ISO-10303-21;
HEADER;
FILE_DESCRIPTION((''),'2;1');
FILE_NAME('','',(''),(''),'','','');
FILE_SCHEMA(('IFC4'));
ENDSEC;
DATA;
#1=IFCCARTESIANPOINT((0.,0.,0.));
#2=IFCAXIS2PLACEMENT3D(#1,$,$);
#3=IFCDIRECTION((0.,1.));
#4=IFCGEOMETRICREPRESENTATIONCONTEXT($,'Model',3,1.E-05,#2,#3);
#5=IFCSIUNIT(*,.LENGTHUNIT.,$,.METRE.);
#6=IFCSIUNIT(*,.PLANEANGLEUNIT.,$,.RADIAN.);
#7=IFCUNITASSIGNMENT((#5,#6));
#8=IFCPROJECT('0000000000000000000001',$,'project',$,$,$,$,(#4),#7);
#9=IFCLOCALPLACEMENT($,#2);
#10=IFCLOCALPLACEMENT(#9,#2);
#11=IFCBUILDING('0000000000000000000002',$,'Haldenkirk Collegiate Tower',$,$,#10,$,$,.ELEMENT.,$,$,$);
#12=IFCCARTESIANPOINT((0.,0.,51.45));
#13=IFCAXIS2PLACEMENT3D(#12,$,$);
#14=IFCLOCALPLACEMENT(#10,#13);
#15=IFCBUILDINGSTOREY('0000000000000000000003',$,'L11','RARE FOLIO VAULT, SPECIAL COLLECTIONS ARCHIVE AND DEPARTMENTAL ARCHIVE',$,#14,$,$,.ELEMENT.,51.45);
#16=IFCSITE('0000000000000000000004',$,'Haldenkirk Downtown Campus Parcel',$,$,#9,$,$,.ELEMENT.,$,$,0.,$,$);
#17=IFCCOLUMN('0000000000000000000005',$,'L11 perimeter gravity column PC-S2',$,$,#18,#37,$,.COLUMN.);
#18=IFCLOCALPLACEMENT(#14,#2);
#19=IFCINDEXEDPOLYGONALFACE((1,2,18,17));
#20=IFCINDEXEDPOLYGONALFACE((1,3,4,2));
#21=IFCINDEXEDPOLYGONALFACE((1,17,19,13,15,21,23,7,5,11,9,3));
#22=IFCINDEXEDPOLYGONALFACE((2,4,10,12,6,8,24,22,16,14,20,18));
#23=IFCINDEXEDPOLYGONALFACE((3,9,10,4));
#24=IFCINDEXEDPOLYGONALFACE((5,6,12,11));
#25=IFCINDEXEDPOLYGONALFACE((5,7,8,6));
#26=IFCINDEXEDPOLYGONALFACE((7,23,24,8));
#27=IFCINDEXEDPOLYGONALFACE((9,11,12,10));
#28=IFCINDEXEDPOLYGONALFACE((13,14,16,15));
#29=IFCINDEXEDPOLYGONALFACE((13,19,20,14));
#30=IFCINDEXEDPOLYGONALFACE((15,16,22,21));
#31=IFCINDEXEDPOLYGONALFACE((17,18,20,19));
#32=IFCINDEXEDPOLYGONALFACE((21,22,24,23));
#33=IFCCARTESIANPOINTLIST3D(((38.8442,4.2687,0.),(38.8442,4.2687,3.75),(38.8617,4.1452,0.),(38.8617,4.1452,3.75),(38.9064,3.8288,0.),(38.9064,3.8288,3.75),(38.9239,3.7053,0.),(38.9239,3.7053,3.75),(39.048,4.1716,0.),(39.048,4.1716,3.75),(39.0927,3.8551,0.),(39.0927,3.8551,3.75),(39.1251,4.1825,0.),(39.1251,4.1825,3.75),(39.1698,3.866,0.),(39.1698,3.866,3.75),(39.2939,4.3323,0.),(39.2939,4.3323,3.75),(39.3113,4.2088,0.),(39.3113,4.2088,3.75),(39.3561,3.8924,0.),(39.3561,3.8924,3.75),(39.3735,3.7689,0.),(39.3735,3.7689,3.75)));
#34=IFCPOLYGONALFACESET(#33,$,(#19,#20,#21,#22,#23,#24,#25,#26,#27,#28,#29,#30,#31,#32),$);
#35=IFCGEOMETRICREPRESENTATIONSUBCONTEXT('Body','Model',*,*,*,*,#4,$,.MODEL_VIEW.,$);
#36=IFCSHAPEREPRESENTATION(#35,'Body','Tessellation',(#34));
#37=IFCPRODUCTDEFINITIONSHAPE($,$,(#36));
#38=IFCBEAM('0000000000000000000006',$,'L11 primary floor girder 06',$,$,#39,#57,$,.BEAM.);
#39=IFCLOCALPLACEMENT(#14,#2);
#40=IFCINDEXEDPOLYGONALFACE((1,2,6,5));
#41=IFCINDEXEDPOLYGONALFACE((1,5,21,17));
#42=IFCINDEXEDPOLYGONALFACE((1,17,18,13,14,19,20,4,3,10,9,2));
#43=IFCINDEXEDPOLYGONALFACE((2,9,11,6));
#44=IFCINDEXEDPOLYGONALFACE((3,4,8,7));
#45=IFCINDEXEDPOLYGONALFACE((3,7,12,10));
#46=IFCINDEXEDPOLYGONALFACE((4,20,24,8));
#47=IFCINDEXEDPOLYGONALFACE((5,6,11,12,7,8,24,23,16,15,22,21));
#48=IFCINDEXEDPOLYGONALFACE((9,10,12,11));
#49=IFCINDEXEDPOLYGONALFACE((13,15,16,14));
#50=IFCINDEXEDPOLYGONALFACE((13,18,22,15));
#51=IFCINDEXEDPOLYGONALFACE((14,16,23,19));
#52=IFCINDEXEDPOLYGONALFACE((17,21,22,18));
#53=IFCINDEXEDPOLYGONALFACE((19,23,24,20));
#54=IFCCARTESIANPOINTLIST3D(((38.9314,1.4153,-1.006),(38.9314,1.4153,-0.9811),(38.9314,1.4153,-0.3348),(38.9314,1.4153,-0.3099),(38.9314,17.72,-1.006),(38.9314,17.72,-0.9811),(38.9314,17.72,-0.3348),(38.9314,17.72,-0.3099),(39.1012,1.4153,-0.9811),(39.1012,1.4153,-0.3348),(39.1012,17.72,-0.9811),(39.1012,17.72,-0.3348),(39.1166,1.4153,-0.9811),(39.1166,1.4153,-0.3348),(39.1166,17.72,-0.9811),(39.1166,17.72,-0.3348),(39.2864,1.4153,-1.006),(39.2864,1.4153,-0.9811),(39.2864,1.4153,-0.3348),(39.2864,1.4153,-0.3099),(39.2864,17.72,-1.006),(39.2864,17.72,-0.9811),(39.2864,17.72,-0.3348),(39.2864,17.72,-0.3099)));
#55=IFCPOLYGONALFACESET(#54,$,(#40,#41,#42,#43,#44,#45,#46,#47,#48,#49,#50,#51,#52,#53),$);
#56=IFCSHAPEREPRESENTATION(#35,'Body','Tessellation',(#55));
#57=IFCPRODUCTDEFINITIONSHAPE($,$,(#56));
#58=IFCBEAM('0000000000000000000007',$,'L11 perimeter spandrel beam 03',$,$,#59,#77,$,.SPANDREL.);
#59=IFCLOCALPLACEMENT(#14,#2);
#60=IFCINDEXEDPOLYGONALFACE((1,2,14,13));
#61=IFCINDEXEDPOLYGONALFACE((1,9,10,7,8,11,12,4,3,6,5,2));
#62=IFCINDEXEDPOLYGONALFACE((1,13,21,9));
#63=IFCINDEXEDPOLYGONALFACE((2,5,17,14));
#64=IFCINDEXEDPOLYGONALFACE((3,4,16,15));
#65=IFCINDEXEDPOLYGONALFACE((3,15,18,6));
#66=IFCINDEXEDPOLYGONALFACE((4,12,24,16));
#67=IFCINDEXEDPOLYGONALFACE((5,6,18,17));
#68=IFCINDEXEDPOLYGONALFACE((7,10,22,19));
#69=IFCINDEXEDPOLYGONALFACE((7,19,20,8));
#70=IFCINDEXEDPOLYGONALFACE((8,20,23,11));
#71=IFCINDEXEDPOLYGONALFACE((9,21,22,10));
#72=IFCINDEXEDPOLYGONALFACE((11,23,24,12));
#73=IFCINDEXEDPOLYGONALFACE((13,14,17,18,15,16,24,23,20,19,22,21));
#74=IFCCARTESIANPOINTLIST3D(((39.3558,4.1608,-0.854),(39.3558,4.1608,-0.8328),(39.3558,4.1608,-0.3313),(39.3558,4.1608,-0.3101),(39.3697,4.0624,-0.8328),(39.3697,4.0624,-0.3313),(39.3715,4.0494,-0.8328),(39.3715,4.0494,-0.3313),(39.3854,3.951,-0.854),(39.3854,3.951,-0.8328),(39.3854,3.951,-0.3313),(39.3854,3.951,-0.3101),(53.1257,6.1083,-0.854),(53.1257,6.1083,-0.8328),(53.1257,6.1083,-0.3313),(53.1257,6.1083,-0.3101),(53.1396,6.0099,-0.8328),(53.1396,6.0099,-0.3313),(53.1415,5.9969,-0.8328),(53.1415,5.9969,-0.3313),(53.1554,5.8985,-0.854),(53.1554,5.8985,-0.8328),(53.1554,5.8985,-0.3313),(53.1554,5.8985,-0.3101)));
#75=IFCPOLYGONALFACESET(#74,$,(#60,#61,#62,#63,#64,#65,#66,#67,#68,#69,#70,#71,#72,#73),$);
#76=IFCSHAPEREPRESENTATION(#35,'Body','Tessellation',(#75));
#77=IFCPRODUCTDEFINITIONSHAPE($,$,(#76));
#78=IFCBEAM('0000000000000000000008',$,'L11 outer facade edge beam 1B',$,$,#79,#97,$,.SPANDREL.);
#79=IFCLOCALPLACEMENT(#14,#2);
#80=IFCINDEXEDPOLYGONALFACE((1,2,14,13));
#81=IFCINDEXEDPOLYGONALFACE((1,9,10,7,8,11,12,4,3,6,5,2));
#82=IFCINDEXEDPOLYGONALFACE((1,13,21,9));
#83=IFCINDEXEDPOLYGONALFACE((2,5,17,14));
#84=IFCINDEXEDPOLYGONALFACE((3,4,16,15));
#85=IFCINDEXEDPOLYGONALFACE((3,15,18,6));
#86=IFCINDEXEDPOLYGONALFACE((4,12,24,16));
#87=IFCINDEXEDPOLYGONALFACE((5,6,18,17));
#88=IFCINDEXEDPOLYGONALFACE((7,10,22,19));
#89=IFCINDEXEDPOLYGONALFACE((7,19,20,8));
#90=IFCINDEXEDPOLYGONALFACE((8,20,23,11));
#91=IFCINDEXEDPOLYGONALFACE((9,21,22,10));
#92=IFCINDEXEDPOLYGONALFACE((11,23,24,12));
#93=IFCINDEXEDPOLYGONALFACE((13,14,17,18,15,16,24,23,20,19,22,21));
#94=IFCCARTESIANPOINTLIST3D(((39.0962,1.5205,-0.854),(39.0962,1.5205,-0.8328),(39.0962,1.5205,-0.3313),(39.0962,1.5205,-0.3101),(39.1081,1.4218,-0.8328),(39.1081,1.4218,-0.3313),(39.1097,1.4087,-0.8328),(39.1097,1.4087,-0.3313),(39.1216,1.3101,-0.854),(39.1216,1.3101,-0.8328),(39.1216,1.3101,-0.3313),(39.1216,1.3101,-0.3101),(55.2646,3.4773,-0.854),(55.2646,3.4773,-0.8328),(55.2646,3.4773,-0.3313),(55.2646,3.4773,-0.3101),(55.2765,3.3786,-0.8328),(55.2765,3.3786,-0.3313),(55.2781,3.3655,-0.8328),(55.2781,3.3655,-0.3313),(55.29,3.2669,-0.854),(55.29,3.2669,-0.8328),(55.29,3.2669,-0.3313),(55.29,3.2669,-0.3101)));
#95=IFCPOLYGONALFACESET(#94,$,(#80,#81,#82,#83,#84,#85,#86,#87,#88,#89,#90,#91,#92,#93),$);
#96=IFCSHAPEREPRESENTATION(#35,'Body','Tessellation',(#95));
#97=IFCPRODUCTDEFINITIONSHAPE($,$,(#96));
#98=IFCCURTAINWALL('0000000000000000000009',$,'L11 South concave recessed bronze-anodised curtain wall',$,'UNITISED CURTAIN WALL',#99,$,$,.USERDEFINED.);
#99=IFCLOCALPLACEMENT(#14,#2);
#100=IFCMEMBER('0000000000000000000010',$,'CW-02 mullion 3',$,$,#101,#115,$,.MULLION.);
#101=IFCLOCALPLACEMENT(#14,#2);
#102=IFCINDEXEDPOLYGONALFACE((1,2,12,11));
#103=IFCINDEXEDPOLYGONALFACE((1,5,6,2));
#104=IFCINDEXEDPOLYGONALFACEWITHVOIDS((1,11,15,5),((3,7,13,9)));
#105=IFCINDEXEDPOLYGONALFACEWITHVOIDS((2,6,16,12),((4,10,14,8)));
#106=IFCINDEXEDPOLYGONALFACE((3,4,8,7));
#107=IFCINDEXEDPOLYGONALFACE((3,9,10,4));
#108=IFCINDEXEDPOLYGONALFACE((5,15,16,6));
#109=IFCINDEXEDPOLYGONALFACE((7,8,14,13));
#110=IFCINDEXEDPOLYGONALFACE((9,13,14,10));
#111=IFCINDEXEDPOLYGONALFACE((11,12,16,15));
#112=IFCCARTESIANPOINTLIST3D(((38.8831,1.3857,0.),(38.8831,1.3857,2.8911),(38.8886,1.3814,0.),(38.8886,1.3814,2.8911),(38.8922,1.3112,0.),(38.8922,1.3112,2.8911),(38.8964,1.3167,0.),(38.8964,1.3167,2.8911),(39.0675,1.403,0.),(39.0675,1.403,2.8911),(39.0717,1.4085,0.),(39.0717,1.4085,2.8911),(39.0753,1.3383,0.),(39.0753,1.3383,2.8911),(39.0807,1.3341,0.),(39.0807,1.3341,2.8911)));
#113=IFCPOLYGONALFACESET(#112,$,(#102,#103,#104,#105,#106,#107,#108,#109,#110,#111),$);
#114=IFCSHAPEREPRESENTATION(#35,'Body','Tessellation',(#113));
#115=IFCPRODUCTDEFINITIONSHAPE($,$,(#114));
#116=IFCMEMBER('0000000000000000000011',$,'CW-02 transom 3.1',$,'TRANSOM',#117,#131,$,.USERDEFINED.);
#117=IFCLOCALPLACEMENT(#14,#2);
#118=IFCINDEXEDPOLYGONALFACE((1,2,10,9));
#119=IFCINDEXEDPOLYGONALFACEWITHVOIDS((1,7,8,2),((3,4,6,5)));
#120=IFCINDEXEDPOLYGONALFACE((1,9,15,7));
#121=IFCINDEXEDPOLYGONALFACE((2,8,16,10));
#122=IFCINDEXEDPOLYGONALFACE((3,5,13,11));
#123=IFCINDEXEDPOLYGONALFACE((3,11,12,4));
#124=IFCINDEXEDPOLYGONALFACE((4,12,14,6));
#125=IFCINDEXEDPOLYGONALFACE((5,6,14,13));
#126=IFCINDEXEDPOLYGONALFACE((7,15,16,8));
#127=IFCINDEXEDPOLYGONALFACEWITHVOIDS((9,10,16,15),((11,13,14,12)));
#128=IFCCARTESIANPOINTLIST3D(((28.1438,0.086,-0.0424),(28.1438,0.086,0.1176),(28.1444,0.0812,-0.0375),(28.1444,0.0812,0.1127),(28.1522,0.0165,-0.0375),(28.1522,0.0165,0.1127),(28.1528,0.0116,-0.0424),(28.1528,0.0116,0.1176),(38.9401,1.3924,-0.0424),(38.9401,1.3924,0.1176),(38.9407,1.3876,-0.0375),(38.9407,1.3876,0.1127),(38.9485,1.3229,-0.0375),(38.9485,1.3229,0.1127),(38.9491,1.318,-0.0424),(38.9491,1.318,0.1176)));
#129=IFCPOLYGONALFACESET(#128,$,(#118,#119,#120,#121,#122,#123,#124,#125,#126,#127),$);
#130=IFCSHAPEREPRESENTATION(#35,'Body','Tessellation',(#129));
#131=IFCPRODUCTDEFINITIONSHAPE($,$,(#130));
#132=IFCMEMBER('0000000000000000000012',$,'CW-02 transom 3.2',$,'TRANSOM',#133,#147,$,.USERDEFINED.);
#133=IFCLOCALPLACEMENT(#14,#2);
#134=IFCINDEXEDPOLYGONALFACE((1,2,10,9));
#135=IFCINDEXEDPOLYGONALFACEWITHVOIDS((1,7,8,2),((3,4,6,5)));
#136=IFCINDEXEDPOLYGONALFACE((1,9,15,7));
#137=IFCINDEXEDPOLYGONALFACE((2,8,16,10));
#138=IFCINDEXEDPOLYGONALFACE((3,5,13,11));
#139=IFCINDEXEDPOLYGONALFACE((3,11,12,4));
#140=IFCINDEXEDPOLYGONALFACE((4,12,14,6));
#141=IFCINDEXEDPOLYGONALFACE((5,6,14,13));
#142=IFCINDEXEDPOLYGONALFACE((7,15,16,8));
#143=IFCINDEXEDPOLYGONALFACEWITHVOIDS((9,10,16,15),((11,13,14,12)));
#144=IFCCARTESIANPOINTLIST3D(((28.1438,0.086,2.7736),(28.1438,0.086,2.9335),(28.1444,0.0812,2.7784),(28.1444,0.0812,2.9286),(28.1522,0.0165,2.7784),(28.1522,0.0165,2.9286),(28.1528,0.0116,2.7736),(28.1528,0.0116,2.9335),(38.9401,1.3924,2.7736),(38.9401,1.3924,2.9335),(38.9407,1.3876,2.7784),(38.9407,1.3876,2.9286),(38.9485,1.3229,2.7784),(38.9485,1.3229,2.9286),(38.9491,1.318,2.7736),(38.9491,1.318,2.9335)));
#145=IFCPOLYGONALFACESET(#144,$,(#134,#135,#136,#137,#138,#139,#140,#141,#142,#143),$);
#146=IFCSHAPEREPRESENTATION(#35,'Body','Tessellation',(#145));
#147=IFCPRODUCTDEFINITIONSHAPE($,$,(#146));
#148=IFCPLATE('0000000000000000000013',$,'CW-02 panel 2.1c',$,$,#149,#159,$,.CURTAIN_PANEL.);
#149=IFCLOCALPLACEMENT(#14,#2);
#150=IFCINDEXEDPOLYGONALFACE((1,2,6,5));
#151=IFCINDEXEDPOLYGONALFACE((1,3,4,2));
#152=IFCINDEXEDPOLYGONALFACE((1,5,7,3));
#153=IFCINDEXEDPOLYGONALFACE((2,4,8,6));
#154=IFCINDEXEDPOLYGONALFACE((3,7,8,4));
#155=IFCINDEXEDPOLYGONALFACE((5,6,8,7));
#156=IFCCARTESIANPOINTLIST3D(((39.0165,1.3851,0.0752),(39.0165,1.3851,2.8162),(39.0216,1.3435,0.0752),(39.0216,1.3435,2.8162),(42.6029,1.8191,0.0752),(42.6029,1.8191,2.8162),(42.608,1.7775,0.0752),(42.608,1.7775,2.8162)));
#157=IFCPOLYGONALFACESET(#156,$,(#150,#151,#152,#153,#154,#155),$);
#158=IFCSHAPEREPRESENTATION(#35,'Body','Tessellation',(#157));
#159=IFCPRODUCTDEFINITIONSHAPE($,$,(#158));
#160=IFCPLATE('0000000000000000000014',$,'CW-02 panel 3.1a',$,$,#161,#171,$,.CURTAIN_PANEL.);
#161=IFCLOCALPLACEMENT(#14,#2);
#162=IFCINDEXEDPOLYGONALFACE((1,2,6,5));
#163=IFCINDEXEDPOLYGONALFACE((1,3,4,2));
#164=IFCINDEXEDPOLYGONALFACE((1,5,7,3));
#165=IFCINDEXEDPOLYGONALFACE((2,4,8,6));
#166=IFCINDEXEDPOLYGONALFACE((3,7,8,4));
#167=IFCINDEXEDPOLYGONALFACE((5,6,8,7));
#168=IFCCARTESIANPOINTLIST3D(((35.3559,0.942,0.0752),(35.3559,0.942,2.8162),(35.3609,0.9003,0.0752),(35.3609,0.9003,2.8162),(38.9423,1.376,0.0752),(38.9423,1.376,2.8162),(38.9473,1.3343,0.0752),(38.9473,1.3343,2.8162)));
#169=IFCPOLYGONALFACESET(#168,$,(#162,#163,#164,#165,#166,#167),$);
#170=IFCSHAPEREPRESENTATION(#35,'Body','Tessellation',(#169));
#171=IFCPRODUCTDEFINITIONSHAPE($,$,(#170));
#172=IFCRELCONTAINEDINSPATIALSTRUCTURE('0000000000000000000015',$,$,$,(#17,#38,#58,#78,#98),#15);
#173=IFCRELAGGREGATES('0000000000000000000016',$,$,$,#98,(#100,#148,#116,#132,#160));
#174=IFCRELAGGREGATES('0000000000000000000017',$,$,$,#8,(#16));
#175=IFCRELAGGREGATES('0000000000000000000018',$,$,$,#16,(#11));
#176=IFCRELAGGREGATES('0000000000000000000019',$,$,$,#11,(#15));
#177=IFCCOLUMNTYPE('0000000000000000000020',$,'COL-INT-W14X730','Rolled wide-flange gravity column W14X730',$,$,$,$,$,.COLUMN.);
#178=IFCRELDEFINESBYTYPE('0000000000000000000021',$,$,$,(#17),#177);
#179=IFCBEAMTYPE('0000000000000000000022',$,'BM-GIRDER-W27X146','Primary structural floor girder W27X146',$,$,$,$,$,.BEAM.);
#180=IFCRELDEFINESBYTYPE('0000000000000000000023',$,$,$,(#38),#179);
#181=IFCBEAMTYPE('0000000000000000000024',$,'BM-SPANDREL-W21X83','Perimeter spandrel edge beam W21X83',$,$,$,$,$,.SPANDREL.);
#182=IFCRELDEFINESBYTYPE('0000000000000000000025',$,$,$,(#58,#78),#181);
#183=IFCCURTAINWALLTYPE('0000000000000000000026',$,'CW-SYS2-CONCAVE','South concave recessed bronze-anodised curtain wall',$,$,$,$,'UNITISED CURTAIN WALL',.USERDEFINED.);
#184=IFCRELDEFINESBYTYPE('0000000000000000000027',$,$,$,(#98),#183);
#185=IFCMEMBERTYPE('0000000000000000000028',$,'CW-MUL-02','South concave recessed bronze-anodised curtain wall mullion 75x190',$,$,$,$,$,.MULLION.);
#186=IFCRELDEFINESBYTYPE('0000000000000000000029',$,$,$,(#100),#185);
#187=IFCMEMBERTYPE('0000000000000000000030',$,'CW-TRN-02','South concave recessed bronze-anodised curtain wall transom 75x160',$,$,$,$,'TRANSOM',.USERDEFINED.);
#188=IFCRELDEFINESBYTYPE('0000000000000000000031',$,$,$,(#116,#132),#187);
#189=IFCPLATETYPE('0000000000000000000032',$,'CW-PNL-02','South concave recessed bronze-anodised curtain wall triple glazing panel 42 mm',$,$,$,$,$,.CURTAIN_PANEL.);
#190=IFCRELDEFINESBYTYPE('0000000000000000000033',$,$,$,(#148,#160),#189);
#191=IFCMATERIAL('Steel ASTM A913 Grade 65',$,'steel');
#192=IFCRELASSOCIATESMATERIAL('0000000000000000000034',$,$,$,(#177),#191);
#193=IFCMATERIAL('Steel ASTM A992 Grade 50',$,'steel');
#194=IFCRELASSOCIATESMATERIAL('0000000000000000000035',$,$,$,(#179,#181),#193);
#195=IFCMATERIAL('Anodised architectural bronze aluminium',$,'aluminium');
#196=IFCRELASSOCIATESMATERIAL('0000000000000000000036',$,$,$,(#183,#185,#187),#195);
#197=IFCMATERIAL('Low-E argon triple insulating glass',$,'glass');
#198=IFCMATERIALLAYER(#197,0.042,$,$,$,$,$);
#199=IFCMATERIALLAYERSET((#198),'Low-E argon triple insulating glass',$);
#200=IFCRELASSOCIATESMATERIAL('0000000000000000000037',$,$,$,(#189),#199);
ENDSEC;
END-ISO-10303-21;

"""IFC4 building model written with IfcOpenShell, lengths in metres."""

from ifc_helpers import new_model, si_unit, direction, frame, origin, origin_2d, place, context, subcontext, project, spatial, rectangle, hollow_rectangle, i_section, extrude, source, transform, mapped, material, layer, layer_set, material_profile, profile_set, type_object, element, aggregate, save


model = new_model("IFC4")

# Units and contexts
model_context = context("Model", 3, precision=1e-05, world=origin(), true_north=direction((0.0, 1.0)))
body_context = subcontext(model_context, "Body", "Model", "MODEL_VIEW")
ifc_project = project(units=[si_unit("LENGTHUNIT", "METRE"), si_unit("PLANEANGLEUNIT", "RADIAN")], contexts=[model_context])

# Site, building, storey
site_placement = place(None, origin())
site = spatial("IfcSite", under=ifc_project, at=site_placement, Name="Haldenkirk Downtown Campus Parcel", CompositionType="ELEMENT", RefElevation=0.0)
building_placement = place(site_placement, origin())
building = spatial("IfcBuilding", under=site, at=building_placement, Name="Haldenkirk Collegiate Tower", CompositionType="ELEMENT")
storey_placement = place(building_placement, frame((0.0, 0.0, 51.45)))
storey = spatial("IfcBuildingStorey", under=building, at=storey_placement, Name="L11", Description="RARE FOLIO VAULT, SPECIAL COLLECTIONS ARCHIVE AND DEPARTMENTAL ARCHIVE", CompositionType="ELEMENT", Elevation=51.45)

# Column
ifc_material_1 = material(Name="Steel ASTM A913 Grade 65", Category="steel")
ifc_material_profile_1 = material_profile(ifc_material_1, i_section(OverallWidth=0.4541, OverallDepth=0.5691, WebThickness=0.0779, FlangeThickness=0.1248, at=origin_2d()), Name="W14X730")
ifc_profile_set_1 = profile_set([ifc_material_profile_1], Name="Steel ASTM A913 Grade 65")
column_type = type_object("IfcColumnType", Name="COL-INT-W14X730", Description="Rolled wide-flange gravity column W14X730", PredefinedType="COLUMN", material=ifc_profile_set_1)
column_placement = place(storey_placement, frame((39.1089, 4.0188, 0.0), z_axis=(0.0, 0.0, 1.0), x_axis=(0.990146, 0.140037, 0.0)))
element("IfcColumn", 1, at=column_placement, inside=storey, type_object=column_type, Name="L11 perimeter gravity column PC-S2", PredefinedType="COLUMN", context=body_context, shape_type="SweptSolid", body=[
    extrude(i_section(OverallWidth=0.4541, OverallDepth=0.5691, WebThickness=0.0779, FlangeThickness=0.1248, at=origin_2d()), origin(), (0.0, 0.0, 1.0), 3.75),
])

# Beams
ifc_material_2 = material(Name="Steel ASTM A992 Grade 50", Category="steel")
ifc_material_profile_2 = material_profile(ifc_material_2, i_section(OverallWidth=0.355, OverallDepth=0.696, WebThickness=0.0154, FlangeThickness=0.0249, at=origin_2d()), Name="W27X146")
ifc_profile_set_2 = profile_set([ifc_material_profile_2], Name="Steel ASTM A992 Grade 50")
beam_type_1 = type_object("IfcBeamType", Name="BM-GIRDER-W27X146", Description="Primary structural floor girder W27X146", PredefinedType="BEAM", material=ifc_profile_set_2)
beam_1_placement = place(storey_placement, frame((39.1089, 1.4153, -0.658), z_axis=(0.0, 1.0, 0.0), x_axis=(-1.0, 0.0, 0.0)))
element("IfcBeam", 2, at=beam_1_placement, inside=storey, type_object=beam_type_1, Name="L11 primary floor girder 06", PredefinedType="BEAM", context=body_context, shape_type="SweptSolid", body=[
    extrude(i_section(OverallWidth=0.355, OverallDepth=0.696, WebThickness=0.0154, FlangeThickness=0.0249, at=origin_2d()), origin(), (0.0, 0.0, 1.0), 16.3047),
])
ifc_material_profile_3 = material_profile(ifc_material_2, i_section(OverallWidth=0.2119, OverallDepth=0.5439, WebThickness=0.0132, FlangeThickness=0.0212, at=origin_2d()), Name="W21X83")
ifc_profile_set_3 = profile_set([ifc_material_profile_3], Name="Steel ASTM A992 Grade 50")
beam_type_2 = type_object("IfcBeamType", Name="BM-SPANDREL-W21X83", Description="Perimeter spandrel edge beam W21X83", PredefinedType="SPANDREL", material=ifc_profile_set_3)
beam_2_placement = place(storey_placement, frame((39.3706, 4.0559, -0.582), z_axis=(0.990146, 0.140038, 0.0), x_axis=(-0.140038, 0.990146, 0.0)))
element("IfcBeam", 3, at=beam_2_placement, inside=storey, type_object=beam_type_2, Name="L11 perimeter spandrel beam 03", PredefinedType="SPANDREL", context=body_context, shape_type="SweptSolid", body=[
    extrude(i_section(OverallWidth=0.2119, OverallDepth=0.5439, WebThickness=0.0132, FlangeThickness=0.0212, at=origin_2d()), origin(), (0.0, 0.0, 1.0), 13.907),
])
beam_3_placement = place(storey_placement, frame((39.1089, 1.4153, -0.582), z_axis=(0.992756, 0.120148, 0.0), x_axis=(-0.120148, 0.992756, 0.0)))
element("IfcBeam", 4, at=beam_3_placement, inside=storey, type_object=beam_type_2, Name="L11 outer facade edge beam 1B", PredefinedType="SPANDREL", context=body_context, shape_type="SweptSolid", body=[
    extrude(i_section(OverallWidth=0.2119, OverallDepth=0.5439, WebThickness=0.0132, FlangeThickness=0.0212, at=origin_2d()), origin(), (0.0, 0.0, 1.0), 16.2864),
])

# Curtain wall, members, plates
ifc_material_3 = material(Name="Anodised architectural bronze aluminium", Category="aluminium")
curtain_wall_type = type_object("IfcCurtainWallType", Name="CW-SYS2-CONCAVE", Description="South concave recessed bronze-anodised curtain wall", ElementType="UNITISED CURTAIN WALL", PredefinedType="USERDEFINED", material=ifc_material_3)
curtain_wall_placement = place(storey_placement, origin())
curtain_wall = element("IfcCurtainWall", 5, at=curtain_wall_placement, inside=storey, type_object=curtain_wall_type, Name="L11 South concave recessed bronze-anodised curtain wall", ObjectType="UNITISED CURTAIN WALL", PredefinedType="USERDEFINED")
ifc_material_profile_4 = material_profile(ifc_material_3, hollow_rectangle(XDim=0.075, YDim=0.1899, WallThickness=0.0049, at=origin_2d()), Name="CW-MUL-02")
ifc_profile_set_4 = profile_set([ifc_material_profile_4], Name="Anodised architectural bronze aluminium")
member_type_1 = type_object("IfcMemberType", Name="CW-MUL-02", Description="South concave recessed bronze-anodised curtain wall mullion 75x190", PredefinedType="MULLION", material=ifc_profile_set_4)
member_1_placement = place(storey_placement, frame((38.9819, 1.3599, 0.0), z_axis=(0.0, 0.0, 1.0), x_axis=(0.120139, -0.992757, 0.0)))
member_1 = element("IfcMember", 6, at=member_1_placement, type_object=member_type_1, Name="CW-02 mullion 3", PredefinedType="MULLION", context=body_context, shape_type="SweptSolid", body=[
    extrude(hollow_rectangle(XDim=0.075, YDim=0.1899, WallThickness=0.0049, at=origin_2d()), origin(), (0.0, 0.0, 1.0), 2.8911),
])
ifc_material_profile_5 = material_profile(ifc_material_3, hollow_rectangle(XDim=0.075, YDim=0.1599, WallThickness=0.0049, at=origin_2d()), Name="CW-TRN-02")
ifc_profile_set_5 = profile_set([ifc_material_profile_5], Name="Anodised architectural bronze aluminium")
member_type_2 = type_object("IfcMemberType", Name="CW-TRN-02", Description="South concave recessed bronze-anodised curtain wall transom 75x160", ElementType="TRANSOM", PredefinedType="USERDEFINED", material=ifc_profile_set_5)
member_2_placement = place(storey_placement, frame((38.9446, 1.3552, 0.0376), z_axis=(-0.992758, -0.12013, 0.0), x_axis=(0.12013, -0.992758, 0.0)))
member_2 = element("IfcMember", 7, at=member_2_placement, type_object=member_type_2, Name="CW-02 transom 3.1", ObjectType="TRANSOM", PredefinedType="USERDEFINED", context=body_context, shape_type="SweptSolid", body=[
    extrude(hollow_rectangle(XDim=0.075, YDim=0.1599, WallThickness=0.0049, at=origin_2d()), origin(), (0.0, 0.0, 1.0), 10.875),
])
member_3_placement = place(storey_placement, frame((38.9446, 1.3552, 2.8535), z_axis=(-0.992758, -0.12013, 0.0), x_axis=(0.12013, -0.992758, 0.0)))
member_3 = element("IfcMember", 8, at=member_3_placement, type_object=member_type_2, Name="CW-02 transom 3.2", ObjectType="TRANSOM", PredefinedType="USERDEFINED", context=body_context, shape_type="SweptSolid", body=[
    extrude(hollow_rectangle(XDim=0.075, YDim=0.1599, WallThickness=0.0049, at=origin_2d()), origin(), (0.0, 0.0, 1.0), 10.875),
])
ifc_material_4 = material(Name="Low-E argon triple insulating glass", Category="glass")
ifc_layer_1 = layer(ifc_material_4, 0.042)
ifc_layer_set_1 = layer_set([ifc_layer_1], Name="Low-E argon triple insulating glass")
plate_type = type_object("IfcPlateType", Name="CW-PNL-02", Description="South concave recessed bronze-anodised curtain wall triple glazing panel 42 mm", PredefinedType="CURTAIN_PANEL", material=ifc_layer_set_1)
shared_shape_1 = source(origin(), body_context, "Body", "SweptSolid", [
    extrude(rectangle(XDim=3.6125, YDim=0.042, at=origin_2d()), origin(), (0.0, 0.0, 1.0), 2.741),
])
plate_1_placement = place(storey_placement, frame((40.8123, 1.5813, 0.0752), z_axis=(0.0, 0.0, 1.0), x_axis=(-0.992757, -0.120139, 0.0)))
plate_1 = element("IfcPlate", 9, at=plate_1_placement, type_object=plate_type, Name="CW-02 panel 2.1c", PredefinedType="CURTAIN_PANEL", context=body_context, shape_type="MappedRepresentation", body=[
    mapped(shared_shape_1, transform((0.0, 0.0, 0.0), x_axis=(1.0, 0.0, 0.0), y_axis=(0.0, 1.0, 0.0), z_axis=(0.0, 0.0, 1.0), scale=1.0)),
])
plate_2_placement = place(storey_placement, frame((37.1516, 1.1382, 0.0752), z_axis=(0.0, 0.0, 1.0), x_axis=(-0.992757, -0.120139, 0.0)))
plate_2 = element("IfcPlate", 10, at=plate_2_placement, type_object=plate_type, Name="CW-02 panel 3.1a", PredefinedType="CURTAIN_PANEL", context=body_context, shape_type="MappedRepresentation", body=[
    mapped(shared_shape_1, transform((0.0, 0.0, 0.0), x_axis=(1.0, 0.0, 0.0), y_axis=(0.0, 1.0, 0.0), z_axis=(0.0, 0.0, 1.0), scale=1.0)),
])
aggregate(curtain_wall, [member_1, plate_1, member_2, member_3, plate_2])

save(model, "model.ifc")
